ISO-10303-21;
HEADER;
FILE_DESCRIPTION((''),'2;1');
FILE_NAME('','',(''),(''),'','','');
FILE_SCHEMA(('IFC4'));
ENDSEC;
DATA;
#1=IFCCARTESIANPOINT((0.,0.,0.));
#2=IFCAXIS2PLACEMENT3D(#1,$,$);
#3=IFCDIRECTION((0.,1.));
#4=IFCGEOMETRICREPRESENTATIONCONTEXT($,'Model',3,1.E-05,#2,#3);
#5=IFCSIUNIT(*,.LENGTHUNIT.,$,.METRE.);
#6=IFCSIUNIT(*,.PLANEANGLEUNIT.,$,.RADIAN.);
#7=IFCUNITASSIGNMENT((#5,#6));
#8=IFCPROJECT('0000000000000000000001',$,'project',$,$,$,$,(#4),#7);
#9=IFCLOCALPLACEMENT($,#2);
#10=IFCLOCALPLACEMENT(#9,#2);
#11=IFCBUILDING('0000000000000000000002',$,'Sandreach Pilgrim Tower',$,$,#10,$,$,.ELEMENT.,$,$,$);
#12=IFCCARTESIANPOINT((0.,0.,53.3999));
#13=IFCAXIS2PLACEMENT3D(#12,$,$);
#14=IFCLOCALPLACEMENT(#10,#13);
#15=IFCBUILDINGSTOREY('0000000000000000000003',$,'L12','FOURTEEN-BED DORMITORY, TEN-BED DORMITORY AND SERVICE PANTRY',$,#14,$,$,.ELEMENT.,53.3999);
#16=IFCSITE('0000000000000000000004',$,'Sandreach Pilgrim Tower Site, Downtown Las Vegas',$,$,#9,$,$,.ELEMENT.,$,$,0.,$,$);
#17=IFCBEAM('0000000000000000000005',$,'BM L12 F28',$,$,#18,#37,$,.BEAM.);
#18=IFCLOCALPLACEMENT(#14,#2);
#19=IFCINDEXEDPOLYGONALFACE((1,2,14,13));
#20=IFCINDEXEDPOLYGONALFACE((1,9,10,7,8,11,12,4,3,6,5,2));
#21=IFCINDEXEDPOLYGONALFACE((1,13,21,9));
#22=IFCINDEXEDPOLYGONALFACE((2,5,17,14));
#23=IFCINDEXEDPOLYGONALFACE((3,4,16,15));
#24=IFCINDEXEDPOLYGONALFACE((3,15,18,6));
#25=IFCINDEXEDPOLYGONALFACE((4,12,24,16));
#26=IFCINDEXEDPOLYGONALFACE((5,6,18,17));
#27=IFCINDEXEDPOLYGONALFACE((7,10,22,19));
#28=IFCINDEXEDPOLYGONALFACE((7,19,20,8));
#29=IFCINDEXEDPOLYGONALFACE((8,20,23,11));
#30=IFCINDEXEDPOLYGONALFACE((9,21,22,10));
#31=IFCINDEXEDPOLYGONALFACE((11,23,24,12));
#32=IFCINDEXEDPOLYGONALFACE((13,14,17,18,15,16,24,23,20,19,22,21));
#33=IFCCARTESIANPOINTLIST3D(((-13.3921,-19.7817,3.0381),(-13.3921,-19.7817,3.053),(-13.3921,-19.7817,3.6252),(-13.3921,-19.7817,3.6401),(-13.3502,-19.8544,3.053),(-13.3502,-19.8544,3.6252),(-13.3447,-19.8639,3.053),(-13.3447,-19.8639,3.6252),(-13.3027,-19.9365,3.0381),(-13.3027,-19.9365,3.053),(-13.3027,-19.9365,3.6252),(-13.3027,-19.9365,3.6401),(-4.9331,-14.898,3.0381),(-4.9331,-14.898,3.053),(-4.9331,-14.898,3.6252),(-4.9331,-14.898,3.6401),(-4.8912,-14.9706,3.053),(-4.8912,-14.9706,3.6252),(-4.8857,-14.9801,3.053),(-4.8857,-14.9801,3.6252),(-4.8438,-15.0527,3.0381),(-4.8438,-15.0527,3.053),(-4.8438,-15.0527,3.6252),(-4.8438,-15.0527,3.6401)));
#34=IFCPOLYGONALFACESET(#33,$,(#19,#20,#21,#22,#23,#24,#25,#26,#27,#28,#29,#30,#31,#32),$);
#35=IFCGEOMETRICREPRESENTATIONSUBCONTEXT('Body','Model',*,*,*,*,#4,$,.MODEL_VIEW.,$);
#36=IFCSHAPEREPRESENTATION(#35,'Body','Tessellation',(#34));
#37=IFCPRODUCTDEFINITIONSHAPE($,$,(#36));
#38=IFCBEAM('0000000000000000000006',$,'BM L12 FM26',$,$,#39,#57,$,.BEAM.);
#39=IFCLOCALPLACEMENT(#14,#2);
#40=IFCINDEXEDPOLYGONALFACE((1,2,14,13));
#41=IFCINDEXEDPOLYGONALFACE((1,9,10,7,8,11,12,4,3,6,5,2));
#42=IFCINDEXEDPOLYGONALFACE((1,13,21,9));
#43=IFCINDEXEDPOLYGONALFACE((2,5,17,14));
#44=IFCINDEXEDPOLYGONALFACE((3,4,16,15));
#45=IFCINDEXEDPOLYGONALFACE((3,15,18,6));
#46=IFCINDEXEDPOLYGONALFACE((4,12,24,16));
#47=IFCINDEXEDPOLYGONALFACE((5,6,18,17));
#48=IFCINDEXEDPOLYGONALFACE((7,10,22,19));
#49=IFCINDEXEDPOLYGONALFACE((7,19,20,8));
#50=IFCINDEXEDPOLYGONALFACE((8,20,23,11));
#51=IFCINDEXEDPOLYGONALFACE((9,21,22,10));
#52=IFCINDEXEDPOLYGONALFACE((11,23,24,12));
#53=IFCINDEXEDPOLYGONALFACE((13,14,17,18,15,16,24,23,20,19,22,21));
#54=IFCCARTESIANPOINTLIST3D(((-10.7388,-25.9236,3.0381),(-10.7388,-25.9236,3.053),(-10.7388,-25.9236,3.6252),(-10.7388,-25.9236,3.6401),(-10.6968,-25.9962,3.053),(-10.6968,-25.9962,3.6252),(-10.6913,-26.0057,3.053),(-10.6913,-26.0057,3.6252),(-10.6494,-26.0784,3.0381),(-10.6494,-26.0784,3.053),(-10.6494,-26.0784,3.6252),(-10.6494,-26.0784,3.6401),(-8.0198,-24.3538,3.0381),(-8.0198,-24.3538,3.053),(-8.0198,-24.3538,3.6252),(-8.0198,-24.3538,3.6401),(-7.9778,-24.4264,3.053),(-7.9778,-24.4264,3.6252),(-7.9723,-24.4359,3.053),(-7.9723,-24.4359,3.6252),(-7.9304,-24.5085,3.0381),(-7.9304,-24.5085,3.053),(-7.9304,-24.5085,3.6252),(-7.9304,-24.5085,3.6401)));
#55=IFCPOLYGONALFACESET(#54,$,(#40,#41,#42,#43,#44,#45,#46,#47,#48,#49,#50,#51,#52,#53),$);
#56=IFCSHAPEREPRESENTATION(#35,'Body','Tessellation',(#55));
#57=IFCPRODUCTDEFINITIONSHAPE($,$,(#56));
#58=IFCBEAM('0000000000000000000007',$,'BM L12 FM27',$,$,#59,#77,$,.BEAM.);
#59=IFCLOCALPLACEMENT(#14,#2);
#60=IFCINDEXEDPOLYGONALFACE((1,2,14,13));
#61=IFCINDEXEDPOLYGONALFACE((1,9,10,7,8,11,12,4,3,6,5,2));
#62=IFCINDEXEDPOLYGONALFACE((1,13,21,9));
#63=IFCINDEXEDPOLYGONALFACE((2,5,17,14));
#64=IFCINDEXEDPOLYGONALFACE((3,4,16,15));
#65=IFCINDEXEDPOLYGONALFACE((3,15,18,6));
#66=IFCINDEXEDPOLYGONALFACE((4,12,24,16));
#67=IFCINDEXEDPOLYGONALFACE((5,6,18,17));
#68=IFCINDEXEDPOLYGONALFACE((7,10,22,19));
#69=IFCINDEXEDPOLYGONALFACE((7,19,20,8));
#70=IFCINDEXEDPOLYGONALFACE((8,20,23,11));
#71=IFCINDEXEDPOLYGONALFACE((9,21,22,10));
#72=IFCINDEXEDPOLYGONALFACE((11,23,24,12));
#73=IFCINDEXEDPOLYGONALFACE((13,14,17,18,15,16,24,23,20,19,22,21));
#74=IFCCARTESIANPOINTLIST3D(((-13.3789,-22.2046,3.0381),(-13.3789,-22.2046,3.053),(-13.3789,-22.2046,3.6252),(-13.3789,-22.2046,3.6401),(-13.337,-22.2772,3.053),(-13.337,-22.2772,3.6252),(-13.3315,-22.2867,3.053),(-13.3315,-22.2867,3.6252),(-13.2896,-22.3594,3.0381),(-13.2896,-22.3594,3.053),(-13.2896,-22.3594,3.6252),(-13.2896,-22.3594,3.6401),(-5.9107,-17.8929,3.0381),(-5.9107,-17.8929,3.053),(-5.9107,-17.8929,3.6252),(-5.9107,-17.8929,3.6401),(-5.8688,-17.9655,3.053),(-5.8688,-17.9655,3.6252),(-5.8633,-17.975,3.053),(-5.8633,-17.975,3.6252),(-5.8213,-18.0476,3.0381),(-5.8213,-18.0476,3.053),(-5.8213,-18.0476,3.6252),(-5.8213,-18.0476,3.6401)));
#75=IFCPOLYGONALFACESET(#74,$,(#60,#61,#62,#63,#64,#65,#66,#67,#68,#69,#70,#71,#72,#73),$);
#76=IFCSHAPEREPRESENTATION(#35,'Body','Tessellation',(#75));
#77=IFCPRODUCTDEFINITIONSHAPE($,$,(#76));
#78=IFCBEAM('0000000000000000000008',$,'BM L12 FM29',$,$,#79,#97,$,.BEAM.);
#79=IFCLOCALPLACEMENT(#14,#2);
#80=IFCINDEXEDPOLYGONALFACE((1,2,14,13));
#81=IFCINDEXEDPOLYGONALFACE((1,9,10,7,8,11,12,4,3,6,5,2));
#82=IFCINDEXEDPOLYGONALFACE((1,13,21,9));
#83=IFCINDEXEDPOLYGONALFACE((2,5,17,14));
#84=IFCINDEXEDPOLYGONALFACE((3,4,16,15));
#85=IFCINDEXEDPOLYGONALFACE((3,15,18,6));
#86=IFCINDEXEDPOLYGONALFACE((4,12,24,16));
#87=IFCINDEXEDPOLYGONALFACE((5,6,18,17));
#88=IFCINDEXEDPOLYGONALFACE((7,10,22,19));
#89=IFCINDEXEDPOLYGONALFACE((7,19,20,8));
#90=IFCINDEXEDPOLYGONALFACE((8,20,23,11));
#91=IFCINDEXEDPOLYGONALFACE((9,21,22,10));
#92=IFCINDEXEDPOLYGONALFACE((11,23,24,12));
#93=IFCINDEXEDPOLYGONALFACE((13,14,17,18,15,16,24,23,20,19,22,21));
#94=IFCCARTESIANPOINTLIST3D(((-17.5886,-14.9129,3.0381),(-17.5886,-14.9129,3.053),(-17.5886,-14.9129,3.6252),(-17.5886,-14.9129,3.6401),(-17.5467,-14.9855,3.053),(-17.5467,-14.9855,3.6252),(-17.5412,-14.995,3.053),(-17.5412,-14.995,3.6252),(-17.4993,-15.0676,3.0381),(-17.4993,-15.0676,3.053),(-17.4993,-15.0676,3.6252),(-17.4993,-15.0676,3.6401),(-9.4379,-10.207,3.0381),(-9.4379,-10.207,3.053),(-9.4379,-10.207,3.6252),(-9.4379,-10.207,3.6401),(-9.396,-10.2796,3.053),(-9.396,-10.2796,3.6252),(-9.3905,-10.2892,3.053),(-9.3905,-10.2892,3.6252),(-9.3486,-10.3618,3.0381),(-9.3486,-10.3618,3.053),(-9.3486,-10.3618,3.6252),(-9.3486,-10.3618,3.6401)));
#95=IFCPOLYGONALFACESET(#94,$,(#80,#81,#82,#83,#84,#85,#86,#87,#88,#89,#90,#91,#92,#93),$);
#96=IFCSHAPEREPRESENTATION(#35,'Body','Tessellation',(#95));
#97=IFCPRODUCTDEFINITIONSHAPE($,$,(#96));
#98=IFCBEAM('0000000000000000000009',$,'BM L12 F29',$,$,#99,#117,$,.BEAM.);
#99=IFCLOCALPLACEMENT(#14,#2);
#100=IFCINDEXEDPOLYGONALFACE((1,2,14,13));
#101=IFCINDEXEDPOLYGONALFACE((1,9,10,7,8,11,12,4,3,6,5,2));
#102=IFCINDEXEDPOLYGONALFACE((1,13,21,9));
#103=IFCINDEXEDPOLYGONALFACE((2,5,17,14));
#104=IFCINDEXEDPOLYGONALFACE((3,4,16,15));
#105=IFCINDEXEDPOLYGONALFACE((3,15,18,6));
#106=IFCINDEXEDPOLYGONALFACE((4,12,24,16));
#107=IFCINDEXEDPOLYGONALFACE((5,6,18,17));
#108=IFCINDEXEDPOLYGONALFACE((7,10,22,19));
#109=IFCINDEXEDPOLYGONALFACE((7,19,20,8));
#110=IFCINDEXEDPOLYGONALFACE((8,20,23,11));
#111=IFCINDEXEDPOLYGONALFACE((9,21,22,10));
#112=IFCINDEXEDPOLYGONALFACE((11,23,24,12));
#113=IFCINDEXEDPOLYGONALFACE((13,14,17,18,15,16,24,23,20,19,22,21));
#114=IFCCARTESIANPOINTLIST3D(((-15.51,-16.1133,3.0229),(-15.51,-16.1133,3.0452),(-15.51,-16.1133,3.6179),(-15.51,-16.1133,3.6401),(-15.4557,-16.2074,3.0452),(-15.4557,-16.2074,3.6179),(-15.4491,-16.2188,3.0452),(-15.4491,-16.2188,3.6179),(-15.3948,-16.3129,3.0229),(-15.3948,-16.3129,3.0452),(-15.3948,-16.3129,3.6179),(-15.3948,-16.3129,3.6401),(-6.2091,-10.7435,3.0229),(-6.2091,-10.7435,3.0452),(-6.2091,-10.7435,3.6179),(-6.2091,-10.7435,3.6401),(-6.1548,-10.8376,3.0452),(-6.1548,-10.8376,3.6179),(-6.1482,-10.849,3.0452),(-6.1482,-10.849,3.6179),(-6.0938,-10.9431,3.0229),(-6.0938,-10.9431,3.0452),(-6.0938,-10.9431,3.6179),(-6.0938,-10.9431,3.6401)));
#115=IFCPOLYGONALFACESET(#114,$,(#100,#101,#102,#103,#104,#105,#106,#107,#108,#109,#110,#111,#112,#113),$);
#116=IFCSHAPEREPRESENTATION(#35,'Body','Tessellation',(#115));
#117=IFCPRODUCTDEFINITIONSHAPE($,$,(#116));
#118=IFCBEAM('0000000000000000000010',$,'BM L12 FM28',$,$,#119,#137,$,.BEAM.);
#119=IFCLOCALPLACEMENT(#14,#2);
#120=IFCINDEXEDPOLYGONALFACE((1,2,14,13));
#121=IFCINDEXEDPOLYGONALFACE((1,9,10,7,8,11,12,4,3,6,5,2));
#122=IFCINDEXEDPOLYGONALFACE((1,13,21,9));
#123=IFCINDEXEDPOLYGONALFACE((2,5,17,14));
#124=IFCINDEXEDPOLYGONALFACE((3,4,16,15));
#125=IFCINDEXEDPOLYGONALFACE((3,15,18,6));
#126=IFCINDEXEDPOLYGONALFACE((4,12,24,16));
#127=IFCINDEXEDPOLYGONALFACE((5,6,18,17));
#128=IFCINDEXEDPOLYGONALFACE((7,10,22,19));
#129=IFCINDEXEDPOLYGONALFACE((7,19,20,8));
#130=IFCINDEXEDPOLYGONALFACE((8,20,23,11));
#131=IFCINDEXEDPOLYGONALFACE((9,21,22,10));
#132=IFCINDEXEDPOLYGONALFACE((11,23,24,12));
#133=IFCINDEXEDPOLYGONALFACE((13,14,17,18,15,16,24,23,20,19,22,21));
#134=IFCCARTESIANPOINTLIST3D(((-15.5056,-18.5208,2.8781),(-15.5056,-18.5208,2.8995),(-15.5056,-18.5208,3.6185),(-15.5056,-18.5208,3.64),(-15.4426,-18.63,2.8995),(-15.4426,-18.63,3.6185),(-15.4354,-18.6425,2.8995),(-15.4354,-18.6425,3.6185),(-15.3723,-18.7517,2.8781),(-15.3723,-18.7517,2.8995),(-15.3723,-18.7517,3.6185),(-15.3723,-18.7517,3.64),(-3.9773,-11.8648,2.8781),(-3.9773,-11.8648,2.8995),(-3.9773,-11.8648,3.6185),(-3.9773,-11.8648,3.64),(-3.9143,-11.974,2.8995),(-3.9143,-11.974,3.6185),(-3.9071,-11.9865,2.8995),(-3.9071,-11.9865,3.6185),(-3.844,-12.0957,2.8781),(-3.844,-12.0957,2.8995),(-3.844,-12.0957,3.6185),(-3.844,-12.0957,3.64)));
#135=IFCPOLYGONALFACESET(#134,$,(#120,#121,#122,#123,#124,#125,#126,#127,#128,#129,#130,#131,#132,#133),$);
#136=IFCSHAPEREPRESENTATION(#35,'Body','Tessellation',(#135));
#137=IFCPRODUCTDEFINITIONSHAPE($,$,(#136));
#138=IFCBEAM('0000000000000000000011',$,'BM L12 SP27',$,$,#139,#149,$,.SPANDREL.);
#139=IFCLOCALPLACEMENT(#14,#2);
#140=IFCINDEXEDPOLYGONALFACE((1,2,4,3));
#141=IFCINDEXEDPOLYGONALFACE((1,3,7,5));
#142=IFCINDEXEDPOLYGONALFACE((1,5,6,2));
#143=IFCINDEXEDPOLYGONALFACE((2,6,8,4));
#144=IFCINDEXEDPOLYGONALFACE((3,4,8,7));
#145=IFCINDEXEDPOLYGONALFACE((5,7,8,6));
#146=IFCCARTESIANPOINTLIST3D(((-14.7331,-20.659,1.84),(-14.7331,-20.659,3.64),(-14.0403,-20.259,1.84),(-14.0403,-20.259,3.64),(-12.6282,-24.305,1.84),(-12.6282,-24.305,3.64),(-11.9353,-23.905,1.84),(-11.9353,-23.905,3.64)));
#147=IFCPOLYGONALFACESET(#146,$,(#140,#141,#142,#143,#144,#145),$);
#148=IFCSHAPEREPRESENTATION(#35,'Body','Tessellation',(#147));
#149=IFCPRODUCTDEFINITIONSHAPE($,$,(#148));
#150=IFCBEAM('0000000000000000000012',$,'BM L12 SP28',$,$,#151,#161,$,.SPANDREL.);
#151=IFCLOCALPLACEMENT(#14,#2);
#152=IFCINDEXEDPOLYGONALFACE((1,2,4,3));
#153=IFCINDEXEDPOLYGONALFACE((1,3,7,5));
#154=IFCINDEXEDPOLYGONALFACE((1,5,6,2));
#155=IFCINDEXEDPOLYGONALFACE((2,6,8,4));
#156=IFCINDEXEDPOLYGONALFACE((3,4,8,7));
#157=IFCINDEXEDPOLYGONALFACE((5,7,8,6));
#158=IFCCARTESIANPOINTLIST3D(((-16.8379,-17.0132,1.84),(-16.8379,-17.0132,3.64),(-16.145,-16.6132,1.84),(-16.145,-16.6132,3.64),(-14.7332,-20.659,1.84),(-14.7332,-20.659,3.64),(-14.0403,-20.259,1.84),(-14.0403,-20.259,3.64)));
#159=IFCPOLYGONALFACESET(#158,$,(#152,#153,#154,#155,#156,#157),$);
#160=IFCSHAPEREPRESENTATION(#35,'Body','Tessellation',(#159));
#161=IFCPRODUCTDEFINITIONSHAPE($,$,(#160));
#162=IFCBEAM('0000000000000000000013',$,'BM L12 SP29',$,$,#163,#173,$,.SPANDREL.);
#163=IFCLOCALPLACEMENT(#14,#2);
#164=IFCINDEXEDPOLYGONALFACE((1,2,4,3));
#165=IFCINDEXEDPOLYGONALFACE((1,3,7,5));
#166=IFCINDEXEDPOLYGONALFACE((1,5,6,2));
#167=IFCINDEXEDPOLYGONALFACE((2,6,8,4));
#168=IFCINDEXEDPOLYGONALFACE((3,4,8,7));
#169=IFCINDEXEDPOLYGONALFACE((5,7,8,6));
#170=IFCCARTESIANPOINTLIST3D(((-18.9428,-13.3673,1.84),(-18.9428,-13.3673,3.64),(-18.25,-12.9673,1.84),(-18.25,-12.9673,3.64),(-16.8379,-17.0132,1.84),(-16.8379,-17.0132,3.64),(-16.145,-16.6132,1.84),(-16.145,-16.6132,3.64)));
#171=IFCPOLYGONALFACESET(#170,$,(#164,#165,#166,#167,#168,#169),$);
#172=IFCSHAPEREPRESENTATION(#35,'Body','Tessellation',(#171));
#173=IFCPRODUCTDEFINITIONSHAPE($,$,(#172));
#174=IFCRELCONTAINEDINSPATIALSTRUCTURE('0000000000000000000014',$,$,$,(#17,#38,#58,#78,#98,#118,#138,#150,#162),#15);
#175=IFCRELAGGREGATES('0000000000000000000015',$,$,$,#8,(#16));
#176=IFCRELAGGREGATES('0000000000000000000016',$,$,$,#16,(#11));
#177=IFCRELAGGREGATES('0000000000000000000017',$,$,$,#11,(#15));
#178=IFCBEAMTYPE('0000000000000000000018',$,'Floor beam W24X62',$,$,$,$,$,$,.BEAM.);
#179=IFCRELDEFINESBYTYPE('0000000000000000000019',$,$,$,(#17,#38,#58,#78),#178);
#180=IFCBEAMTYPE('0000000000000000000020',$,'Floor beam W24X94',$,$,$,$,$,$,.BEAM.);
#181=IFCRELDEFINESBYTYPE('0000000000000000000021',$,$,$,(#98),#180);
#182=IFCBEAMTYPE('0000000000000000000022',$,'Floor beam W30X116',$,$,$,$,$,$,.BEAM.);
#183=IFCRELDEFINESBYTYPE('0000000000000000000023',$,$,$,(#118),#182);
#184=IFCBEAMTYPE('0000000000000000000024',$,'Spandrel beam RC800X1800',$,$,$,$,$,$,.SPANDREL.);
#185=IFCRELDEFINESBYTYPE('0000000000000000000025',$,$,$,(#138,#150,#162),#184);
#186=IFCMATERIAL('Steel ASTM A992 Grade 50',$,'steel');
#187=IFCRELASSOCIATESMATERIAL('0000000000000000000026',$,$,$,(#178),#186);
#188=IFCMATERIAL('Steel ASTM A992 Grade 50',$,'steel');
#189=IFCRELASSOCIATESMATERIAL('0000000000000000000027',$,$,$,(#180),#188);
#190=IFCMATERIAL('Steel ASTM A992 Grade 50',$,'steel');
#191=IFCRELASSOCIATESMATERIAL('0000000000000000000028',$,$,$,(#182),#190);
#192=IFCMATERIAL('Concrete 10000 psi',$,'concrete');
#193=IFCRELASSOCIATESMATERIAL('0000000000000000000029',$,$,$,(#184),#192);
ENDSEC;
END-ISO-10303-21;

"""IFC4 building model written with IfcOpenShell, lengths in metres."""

from ifc_helpers import new_model, si_unit, direction, frame, origin, origin_2d, place, context, subcontext, project, spatial, rectangle, i_section, extrude, material, material_profile, profile_set, type_object, element, save


model = new_model("IFC4")

# Units and contexts
model_context = context("Model", 3, precision=1e-05, world=origin(), true_north=direction((0.0, 1.0)))
body_context = subcontext(model_context, "Body", "Model", "MODEL_VIEW")
ifc_project = project(units=[si_unit("LENGTHUNIT", "METRE"), si_unit("PLANEANGLEUNIT", "RADIAN")], contexts=[model_context])

# Site, building, storey
site_placement = place(None, origin())
site = spatial("IfcSite", under=ifc_project, at=site_placement, Name="Sandreach Pilgrim Tower Site, Downtown Las Vegas", CompositionType="ELEMENT", RefElevation=0.0)
building_placement = place(site_placement, origin())
building = spatial("IfcBuilding", under=site, at=building_placement, Name="Sandreach Pilgrim Tower", CompositionType="ELEMENT")
storey_placement = place(building_placement, frame((0.0, 0.0, 53.3999)))
storey = spatial("IfcBuildingStorey", under=building, at=storey_placement, Name="L12", Description="FOURTEEN-BED DORMITORY, TEN-BED DORMITORY AND SERVICE PANTRY", CompositionType="ELEMENT", Elevation=53.3999)

# Beams
ifc_material_1 = material(Name="Steel ASTM A992 Grade 50", Category="steel")
ifc_material_profile_1 = material_profile(ifc_material_1, i_section(OverallWidth=0.1787, OverallDepth=0.6021, WebThickness=0.011, FlangeThickness=0.0149, at=origin_2d()), Name="W24X62")
ifc_profile_set_1 = profile_set([ifc_material_profile_1], Name="Steel ASTM A992 Grade 50")
beam_type_1 = type_object("IfcBeamType", Name="Floor beam W24X62", PredefinedType="BEAM", material=ifc_profile_set_1)
beam_1_placement = place(storey_placement, frame((-13.3474, -19.8591, 3.3391), z_axis=(0.866026, 0.499999, 0.0), x_axis=(-0.499999, 0.866026, 0.0)))
element("IfcBeam", 1, at=beam_1_placement, inside=storey, type_object=beam_type_1, Name="BM L12 F28", PredefinedType="BEAM", context=body_context, shape_type="SweptSolid", body=[
    extrude(i_section(OverallWidth=0.1787, OverallDepth=0.6021, WebThickness=0.011, FlangeThickness=0.0149, at=origin_2d()), origin(), (0.0, 0.0, 1.0), 9.7676),
])
beam_2_placement = place(storey_placement, frame((-10.6941, -26.001, 3.3391), z_axis=(0.866024, 0.500003, 0.0), x_axis=(-0.500003, 0.866024, 0.0)))
element("IfcBeam", 2, at=beam_2_placement, inside=storey, type_object=beam_type_1, Name="BM L12 FM26", PredefinedType="BEAM", context=body_context, shape_type="SweptSolid", body=[
    extrude(i_section(OverallWidth=0.1787, OverallDepth=0.6021, WebThickness=0.011, FlangeThickness=0.0149, at=origin_2d()), origin(), (0.0, 0.0, 1.0), 3.1396),
])
beam_3_placement = place(storey_placement, frame((-13.3342, -22.282, 3.3391), z_axis=(0.866027, 0.499997, 0.0), x_axis=(-0.499997, 0.866027, 0.0)))
element("IfcBeam", 3, at=beam_3_placement, inside=storey, type_object=beam_type_1, Name="BM L12 FM27", PredefinedType="BEAM", context=body_context, shape_type="SweptSolid", body=[
    extrude(i_section(OverallWidth=0.1787, OverallDepth=0.6021, WebThickness=0.011, FlangeThickness=0.0149, at=origin_2d()), origin(), (0.0, 0.0, 1.0), 8.6235),
])
beam_4_placement = place(storey_placement, frame((-17.5439, -14.9902, 3.3391), z_axis=(0.866024, 0.500003, 0.0), x_axis=(-0.500003, 0.866024, 0.0)))
element("IfcBeam", 4, at=beam_4_placement, inside=storey, type_object=beam_type_1, Name="BM L12 FM29", PredefinedType="BEAM", context=body_context, shape_type="SweptSolid", body=[
    extrude(i_section(OverallWidth=0.1787, OverallDepth=0.6021, WebThickness=0.011, FlangeThickness=0.0149, at=origin_2d()), origin(), (0.0, 0.0, 1.0), 9.4116),
])
ifc_material_2 = material(Name="Steel ASTM A992 Grade 50", Category="steel")
ifc_material_profile_2 = material_profile(ifc_material_2, i_section(OverallWidth=0.2305, OverallDepth=0.6172, WebThickness=0.0132, FlangeThickness=0.0222, at=origin_2d()), Name="W24X94")
ifc_profile_set_2 = profile_set([ifc_material_profile_2], Name="Steel ASTM A992 Grade 50")
beam_type_2 = type_object("IfcBeamType", Name="Floor beam W24X94", PredefinedType="BEAM", material=ifc_profile_set_2)
beam_5_placement = place(storey_placement, frame((-15.4524, -16.2131, 3.3315), z_axis=(0.866028, 0.499995, 0.0), x_axis=(-0.499995, 0.866028, 0.0)))
element("IfcBeam", 5, at=beam_5_placement, inside=storey, type_object=beam_type_2, Name="BM L12 F29", PredefinedType="BEAM", context=body_context, shape_type="SweptSolid", body=[
    extrude(i_section(OverallWidth=0.2305, OverallDepth=0.6172, WebThickness=0.0132, FlangeThickness=0.0222, at=origin_2d()), origin(), (0.0, 0.0, 1.0), 10.7397),
])
ifc_material_3 = material(Name="Steel ASTM A992 Grade 50", Category="steel")
ifc_material_profile_3 = material_profile(ifc_material_3, i_section(OverallWidth=0.2666, OverallDepth=0.762, WebThickness=0.0144, FlangeThickness=0.0215, at=origin_2d()), Name="W30X116")
ifc_profile_set_3 = profile_set([ifc_material_profile_3], Name="Steel ASTM A992 Grade 50")
beam_type_3 = type_object("IfcBeamType", Name="Floor beam W30X116", PredefinedType="BEAM", material=ifc_profile_set_3)
beam_6_placement = place(storey_placement, frame((-15.439, -18.6362, 3.259), z_axis=(0.866021, 0.500007, 0.0), x_axis=(-0.500007, 0.866021, 0.0)))
element("IfcBeam", 6, at=beam_6_placement, inside=storey, type_object=beam_type_3, Name="BM L12 FM28", PredefinedType="BEAM", context=body_context, shape_type="SweptSolid", body=[
    extrude(i_section(OverallWidth=0.2666, OverallDepth=0.762, WebThickness=0.0144, FlangeThickness=0.0215, at=origin_2d()), origin(), (0.0, 0.0, 1.0), 13.3118),
])
ifc_material_4 = material(Name="Concrete 10000 psi", Category="concrete")
ifc_material_profile_4 = material_profile(ifc_material_4, rectangle(XDim=0.8, YDim=1.8, at=origin_2d()), Name="RC800X1800")
ifc_profile_set_4 = profile_set([ifc_material_profile_4], Name="Concrete 10000 psi")
beam_type_4 = type_object("IfcBeamType", Name="Spandrel beam RC800X1800", PredefinedType="SPANDREL", material=ifc_profile_set_4)
beam_7_placement = place(storey_placement, frame((-12.2817, -24.105, 2.74), z_axis=(-0.499994, 0.866029, 0.0), x_axis=(-0.866029, -0.499994, 0.0)))
element("IfcBeam", 7, at=beam_7_placement, inside=storey, type_object=beam_type_4, Name="BM L12 SP27", PredefinedType="SPANDREL", context=body_context, shape_type="SweptSolid", body=[
    extrude(rectangle(XDim=0.8, YDim=1.8, at=origin_2d()), origin(), (0.0, 0.0, 1.0), 4.21),
])
beam_8_placement = place(storey_placement, frame((-14.3867, -20.459, 2.74), z_axis=(-0.499975, 0.86604, 0.0), x_axis=(-0.86604, -0.499975, 0.0)))
element("IfcBeam", 8, at=beam_8_placement, inside=storey, type_object=beam_type_4, Name="BM L12 SP28", PredefinedType="SPANDREL", context=body_context, shape_type="SweptSolid", body=[
    extrude(rectangle(XDim=0.8, YDim=1.8, at=origin_2d()), origin(), (0.0, 0.0, 1.0), 4.2097),
])
beam_9_placement = place(storey_placement, frame((-16.4915, -16.8132, 2.74), z_axis=(-0.499994, 0.866029, 0.0), x_axis=(-0.866029, -0.499994, 0.0)))
element("IfcBeam", 9, at=beam_9_placement, inside=storey, type_object=beam_type_4, Name="BM L12 SP29", PredefinedType="SPANDREL", context=body_context, shape_type="SweptSolid", body=[
    extrude(rectangle(XDim=0.8, YDim=1.8, at=origin_2d()), origin(), (0.0, 0.0, 1.0), 4.21),
])

save(model, "model.ifc")
